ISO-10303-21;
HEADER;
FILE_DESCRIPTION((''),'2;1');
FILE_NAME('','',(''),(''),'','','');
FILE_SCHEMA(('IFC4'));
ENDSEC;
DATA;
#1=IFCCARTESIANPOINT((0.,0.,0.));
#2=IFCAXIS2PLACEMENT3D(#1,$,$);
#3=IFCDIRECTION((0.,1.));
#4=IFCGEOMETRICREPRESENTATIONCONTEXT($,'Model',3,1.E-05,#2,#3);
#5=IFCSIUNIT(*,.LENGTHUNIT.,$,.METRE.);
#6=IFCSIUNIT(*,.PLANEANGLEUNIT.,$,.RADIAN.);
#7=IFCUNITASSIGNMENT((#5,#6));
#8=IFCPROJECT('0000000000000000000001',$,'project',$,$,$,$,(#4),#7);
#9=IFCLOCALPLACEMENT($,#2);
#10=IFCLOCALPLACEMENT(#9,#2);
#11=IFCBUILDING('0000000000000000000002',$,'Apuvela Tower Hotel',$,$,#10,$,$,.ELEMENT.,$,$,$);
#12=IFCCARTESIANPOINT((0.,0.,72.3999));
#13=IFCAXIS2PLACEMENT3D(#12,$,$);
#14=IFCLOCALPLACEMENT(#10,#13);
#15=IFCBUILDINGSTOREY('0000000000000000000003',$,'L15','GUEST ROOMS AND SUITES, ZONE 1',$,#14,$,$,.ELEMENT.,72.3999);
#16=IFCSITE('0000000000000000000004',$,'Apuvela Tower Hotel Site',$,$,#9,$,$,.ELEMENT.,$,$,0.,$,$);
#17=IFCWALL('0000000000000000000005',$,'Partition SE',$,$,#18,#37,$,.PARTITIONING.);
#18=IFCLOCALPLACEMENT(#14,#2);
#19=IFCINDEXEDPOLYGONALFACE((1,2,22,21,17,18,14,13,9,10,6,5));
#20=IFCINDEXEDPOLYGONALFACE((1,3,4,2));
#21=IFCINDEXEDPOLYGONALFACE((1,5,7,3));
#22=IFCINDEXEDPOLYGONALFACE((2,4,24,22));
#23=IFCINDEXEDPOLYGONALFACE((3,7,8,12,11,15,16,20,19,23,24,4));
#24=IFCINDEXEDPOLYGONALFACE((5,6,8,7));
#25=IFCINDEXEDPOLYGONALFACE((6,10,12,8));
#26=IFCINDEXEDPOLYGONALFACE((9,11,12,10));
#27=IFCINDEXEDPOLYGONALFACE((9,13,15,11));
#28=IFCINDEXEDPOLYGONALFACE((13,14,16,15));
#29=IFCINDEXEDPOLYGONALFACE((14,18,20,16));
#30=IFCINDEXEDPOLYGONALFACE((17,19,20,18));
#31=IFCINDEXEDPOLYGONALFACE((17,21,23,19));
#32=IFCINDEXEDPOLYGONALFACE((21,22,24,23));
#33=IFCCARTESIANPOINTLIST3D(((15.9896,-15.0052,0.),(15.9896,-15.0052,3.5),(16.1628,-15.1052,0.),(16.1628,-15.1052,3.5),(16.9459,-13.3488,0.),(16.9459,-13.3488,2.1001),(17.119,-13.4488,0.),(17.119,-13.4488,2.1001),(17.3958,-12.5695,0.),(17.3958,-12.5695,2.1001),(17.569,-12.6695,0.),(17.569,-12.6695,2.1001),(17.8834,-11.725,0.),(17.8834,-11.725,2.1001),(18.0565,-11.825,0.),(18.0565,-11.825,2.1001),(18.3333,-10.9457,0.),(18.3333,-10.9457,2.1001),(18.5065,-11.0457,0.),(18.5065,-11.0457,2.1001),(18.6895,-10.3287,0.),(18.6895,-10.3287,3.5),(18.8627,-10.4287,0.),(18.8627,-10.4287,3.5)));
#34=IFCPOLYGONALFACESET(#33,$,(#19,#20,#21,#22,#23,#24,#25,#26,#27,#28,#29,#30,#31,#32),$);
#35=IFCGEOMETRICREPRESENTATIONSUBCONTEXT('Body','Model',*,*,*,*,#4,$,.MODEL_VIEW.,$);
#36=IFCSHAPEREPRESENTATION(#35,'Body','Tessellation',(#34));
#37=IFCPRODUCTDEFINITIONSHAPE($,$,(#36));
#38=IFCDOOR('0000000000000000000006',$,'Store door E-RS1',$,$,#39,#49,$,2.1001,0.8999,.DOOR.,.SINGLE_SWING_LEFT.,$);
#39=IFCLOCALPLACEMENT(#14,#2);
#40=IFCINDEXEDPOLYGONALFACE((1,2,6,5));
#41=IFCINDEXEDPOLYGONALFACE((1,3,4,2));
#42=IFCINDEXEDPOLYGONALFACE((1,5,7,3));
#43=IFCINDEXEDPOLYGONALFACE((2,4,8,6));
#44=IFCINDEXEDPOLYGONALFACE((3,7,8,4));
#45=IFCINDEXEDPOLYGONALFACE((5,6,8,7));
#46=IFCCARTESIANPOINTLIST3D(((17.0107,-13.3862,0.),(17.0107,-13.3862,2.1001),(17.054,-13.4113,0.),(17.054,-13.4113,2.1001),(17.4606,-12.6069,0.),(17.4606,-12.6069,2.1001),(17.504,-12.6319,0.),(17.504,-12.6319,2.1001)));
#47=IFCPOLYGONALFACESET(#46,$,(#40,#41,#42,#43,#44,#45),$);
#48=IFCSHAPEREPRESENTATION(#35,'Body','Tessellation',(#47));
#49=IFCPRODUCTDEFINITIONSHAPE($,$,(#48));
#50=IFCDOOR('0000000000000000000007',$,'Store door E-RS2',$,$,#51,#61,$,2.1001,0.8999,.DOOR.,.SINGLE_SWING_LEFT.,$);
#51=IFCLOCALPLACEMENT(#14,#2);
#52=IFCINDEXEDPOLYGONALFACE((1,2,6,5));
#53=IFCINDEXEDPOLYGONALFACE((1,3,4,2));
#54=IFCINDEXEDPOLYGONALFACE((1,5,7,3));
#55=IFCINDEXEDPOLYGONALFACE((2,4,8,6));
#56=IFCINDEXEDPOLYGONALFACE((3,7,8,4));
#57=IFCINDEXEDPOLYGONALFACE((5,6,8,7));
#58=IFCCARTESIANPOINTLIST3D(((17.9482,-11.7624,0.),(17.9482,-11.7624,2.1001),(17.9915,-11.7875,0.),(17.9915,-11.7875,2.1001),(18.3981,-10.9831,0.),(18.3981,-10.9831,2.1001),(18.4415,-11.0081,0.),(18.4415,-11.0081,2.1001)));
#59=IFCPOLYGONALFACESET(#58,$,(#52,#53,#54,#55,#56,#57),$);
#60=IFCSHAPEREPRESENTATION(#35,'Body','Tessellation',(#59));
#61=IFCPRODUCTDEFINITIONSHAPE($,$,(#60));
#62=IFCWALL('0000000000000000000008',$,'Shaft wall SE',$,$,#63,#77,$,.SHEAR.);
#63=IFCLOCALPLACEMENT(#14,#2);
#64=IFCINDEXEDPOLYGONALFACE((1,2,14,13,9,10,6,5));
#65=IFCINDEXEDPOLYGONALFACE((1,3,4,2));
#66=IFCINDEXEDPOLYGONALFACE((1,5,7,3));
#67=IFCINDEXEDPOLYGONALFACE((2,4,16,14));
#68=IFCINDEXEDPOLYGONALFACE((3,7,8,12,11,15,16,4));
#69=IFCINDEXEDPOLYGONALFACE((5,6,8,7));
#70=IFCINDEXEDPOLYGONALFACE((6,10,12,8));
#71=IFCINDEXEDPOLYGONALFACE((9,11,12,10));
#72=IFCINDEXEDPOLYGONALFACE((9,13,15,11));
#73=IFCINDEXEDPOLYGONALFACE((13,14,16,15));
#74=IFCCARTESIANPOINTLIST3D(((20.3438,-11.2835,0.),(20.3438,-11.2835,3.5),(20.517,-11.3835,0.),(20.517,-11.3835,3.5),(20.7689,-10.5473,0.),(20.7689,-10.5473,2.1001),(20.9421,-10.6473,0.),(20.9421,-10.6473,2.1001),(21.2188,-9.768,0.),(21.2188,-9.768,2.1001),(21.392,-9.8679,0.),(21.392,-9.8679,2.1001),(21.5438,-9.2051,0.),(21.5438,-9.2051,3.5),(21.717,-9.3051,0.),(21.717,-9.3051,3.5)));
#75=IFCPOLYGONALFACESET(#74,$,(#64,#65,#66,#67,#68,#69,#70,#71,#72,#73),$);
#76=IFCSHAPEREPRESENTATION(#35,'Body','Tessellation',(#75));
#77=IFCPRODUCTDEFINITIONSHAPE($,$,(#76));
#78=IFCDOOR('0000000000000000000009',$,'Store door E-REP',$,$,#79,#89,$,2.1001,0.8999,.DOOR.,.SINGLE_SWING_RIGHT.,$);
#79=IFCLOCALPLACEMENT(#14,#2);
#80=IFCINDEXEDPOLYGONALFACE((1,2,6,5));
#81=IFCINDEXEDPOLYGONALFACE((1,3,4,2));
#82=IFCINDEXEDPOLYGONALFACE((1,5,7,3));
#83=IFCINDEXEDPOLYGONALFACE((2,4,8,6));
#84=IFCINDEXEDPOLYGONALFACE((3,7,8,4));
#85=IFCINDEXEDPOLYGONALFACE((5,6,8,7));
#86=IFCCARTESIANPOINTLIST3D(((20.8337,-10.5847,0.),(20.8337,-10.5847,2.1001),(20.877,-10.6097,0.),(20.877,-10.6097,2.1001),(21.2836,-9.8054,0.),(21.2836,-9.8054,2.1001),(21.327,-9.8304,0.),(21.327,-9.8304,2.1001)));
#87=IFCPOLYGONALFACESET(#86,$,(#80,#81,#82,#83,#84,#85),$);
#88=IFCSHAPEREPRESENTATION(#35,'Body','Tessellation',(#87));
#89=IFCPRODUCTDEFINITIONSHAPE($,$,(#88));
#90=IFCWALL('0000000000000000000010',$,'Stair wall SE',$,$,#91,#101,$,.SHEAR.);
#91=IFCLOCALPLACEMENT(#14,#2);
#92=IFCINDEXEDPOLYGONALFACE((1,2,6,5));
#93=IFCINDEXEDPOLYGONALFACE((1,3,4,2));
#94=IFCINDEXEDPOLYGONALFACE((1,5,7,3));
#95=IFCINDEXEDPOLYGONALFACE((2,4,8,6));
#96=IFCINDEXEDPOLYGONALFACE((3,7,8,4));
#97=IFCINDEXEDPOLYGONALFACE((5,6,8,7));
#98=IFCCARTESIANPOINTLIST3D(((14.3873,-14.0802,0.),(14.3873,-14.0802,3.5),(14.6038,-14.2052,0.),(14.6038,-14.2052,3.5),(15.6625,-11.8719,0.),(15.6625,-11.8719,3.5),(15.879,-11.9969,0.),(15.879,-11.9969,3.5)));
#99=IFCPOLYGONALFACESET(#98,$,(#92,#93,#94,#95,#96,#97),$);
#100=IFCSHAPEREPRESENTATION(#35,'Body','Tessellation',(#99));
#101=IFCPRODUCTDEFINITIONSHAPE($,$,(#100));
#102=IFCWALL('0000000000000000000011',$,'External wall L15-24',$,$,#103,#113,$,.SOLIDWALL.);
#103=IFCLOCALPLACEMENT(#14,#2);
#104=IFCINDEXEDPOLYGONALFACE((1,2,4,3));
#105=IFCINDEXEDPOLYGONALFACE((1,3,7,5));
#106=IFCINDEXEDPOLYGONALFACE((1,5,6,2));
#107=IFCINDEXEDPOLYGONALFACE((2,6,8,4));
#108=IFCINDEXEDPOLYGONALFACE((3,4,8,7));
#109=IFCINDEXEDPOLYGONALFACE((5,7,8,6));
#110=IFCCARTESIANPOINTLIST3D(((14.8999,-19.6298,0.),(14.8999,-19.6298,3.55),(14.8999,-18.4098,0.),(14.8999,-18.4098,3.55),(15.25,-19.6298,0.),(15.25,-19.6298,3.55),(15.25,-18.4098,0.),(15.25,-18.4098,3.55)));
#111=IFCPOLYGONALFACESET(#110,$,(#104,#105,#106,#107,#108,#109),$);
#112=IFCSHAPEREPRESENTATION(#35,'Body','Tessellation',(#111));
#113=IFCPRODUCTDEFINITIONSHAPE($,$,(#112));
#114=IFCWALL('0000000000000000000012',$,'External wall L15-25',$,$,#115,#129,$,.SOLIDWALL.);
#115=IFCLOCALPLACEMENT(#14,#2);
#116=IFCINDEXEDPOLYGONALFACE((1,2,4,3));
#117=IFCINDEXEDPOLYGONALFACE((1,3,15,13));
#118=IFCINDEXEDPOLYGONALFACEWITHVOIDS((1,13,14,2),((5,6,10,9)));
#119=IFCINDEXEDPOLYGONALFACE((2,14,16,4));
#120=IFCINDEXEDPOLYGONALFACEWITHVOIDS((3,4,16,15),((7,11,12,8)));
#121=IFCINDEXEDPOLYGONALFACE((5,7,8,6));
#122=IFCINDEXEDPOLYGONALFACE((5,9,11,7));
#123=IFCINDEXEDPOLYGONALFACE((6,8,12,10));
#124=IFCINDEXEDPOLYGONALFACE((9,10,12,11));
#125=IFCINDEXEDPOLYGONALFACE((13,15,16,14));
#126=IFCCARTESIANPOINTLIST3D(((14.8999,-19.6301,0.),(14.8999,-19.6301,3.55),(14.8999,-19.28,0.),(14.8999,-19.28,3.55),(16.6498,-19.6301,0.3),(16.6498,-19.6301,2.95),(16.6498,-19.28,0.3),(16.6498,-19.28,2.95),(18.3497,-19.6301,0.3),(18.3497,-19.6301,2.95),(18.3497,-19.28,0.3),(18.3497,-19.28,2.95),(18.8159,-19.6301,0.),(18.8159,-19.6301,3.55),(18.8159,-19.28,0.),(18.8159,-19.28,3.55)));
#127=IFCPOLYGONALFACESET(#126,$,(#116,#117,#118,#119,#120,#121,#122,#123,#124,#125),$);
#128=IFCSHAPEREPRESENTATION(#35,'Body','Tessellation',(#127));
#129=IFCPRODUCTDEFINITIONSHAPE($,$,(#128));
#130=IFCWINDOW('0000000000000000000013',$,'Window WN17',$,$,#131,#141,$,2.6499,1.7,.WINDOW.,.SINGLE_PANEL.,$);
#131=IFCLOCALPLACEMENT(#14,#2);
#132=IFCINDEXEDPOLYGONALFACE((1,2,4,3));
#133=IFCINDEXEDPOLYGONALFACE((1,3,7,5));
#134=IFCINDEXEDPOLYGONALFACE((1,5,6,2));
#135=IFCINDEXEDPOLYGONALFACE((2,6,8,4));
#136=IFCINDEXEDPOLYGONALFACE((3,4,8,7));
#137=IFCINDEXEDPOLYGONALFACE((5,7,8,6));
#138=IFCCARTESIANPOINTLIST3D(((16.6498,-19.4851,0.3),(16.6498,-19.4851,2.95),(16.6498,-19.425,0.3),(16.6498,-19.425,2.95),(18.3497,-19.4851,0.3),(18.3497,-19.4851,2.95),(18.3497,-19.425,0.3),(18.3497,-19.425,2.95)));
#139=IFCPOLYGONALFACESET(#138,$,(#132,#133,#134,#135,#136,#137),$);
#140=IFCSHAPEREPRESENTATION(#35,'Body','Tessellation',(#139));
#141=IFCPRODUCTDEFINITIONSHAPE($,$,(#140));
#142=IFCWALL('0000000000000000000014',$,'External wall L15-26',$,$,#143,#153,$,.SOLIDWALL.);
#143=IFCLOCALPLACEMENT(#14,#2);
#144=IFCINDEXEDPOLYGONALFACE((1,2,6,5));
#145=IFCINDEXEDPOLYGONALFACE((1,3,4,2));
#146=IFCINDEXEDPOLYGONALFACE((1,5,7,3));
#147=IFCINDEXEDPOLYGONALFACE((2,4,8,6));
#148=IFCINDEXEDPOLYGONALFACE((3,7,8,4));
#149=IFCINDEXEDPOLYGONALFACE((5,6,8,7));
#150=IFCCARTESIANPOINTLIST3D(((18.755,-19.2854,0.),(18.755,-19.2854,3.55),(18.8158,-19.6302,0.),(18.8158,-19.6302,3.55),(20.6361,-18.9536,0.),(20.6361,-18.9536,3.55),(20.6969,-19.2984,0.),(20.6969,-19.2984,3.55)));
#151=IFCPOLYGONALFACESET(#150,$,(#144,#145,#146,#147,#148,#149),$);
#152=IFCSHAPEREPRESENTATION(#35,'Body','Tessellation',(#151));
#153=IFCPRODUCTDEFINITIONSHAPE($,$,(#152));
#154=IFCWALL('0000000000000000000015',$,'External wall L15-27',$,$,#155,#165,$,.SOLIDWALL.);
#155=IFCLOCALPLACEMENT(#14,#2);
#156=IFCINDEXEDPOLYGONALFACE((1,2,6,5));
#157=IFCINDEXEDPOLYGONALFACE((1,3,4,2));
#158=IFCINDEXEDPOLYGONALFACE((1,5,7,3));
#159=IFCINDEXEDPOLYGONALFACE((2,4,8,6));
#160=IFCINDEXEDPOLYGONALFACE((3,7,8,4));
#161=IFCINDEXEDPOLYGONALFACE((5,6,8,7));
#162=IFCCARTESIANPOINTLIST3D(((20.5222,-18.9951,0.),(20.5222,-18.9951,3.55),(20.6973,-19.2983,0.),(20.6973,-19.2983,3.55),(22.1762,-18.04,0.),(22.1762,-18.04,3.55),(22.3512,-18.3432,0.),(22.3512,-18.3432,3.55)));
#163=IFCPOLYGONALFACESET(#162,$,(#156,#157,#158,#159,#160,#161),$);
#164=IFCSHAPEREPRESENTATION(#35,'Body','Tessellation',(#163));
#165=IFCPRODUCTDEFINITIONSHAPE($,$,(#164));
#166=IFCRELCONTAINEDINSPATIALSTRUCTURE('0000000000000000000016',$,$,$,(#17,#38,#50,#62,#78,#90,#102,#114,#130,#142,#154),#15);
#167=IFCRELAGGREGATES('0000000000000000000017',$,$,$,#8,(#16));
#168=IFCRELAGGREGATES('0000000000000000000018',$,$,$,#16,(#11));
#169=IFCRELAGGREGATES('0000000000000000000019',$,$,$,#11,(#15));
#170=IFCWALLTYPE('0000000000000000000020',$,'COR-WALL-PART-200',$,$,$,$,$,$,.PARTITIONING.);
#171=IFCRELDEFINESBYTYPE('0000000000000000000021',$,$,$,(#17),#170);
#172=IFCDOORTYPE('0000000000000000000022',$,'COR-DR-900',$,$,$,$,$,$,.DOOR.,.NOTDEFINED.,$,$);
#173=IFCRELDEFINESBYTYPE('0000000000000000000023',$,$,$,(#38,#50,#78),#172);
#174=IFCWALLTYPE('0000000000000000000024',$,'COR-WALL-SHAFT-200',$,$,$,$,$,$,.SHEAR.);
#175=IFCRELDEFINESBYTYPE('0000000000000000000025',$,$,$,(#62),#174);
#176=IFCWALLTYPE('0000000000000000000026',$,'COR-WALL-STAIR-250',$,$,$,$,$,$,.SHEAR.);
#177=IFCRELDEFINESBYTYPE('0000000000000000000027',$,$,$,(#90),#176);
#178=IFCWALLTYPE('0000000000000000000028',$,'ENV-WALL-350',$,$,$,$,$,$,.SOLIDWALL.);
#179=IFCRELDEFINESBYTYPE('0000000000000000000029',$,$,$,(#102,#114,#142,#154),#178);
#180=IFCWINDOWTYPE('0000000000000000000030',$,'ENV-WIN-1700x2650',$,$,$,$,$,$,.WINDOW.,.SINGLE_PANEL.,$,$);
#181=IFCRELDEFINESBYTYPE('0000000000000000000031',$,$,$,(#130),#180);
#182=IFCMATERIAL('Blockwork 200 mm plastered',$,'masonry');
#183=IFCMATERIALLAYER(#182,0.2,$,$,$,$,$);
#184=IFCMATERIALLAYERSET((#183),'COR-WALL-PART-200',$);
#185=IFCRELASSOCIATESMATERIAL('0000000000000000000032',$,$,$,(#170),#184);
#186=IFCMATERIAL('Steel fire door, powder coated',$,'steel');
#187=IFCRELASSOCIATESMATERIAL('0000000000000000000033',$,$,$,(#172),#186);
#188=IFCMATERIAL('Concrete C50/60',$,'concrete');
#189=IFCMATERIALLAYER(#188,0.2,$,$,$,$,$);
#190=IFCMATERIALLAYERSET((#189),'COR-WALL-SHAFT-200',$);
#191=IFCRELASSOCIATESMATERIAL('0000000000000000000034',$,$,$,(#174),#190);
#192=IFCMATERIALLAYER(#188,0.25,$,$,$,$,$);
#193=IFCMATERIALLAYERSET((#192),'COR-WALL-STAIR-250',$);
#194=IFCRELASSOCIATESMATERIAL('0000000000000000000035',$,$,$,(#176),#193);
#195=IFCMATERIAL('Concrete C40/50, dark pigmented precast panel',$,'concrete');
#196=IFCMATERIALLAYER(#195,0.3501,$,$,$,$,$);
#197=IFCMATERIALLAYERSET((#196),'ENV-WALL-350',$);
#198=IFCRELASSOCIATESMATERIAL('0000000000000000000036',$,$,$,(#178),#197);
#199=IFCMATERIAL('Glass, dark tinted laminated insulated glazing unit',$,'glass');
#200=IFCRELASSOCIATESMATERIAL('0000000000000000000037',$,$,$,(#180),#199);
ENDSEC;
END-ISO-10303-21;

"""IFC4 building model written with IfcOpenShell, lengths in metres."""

from ifc_helpers import new_model, si_unit, direction, frame, frame_2d, origin, place, context, subcontext, project, spatial, rectangle, extrude, material, layer, layer_set, type_object, element, fill, save


model = new_model("IFC4")

# Units and contexts
model_context = context("Model", 3, precision=1e-05, world=origin(), true_north=direction((0.0, 1.0)))
body_context = subcontext(model_context, "Body", "Model", "MODEL_VIEW")
ifc_project = project(units=[si_unit("LENGTHUNIT", "METRE"), si_unit("PLANEANGLEUNIT", "RADIAN")], contexts=[model_context])

# Site, building, storey
site_placement = place(None, origin())
site = spatial("IfcSite", under=ifc_project, at=site_placement, Name="Apuvela Tower Hotel Site", CompositionType="ELEMENT", RefElevation=0.0)
building_placement = place(site_placement, origin())
building = spatial("IfcBuilding", under=site, at=building_placement, Name="Apuvela Tower Hotel", CompositionType="ELEMENT")
storey_placement = place(building_placement, frame((0.0, 0.0, 72.3999)))
storey = spatial("IfcBuildingStorey", under=building, at=storey_placement, Name="L15", Description="GUEST ROOMS AND SUITES, ZONE 1", CompositionType="ELEMENT", Elevation=72.3999)

# Wall, openings, doors
ifc_material_1 = material(Name="Blockwork 200 mm plastered", Category="masonry")
ifc_layer_1 = layer(ifc_material_1, 0.2)
ifc_layer_set_1 = layer_set([ifc_layer_1], Name="COR-WALL-PART-200")
wall_type_1 = type_object("IfcWallType", Name="COR-WALL-PART-200", PredefinedType="PARTITIONING", material=ifc_layer_set_1)
wall_1_placement = place(storey_placement, frame((16.0762, -15.0552, 0.0), z_axis=(0.0, 0.0, 1.0), x_axis=(0.499995, 0.866028, 0.0)))
wall_1 = element("IfcWall", 1, at=wall_1_placement, inside=storey, type_object=wall_type_1, Name="Partition SE", PredefinedType="PARTITIONING", context=body_context, shape_type="SweptSolid", body=[
    extrude(rectangle(XDim=5.3999, YDim=0.2, at=frame_2d((2.7, 0.0))), origin(), (0.0, 0.0, 1.0), 3.5),
])
opening_1_placement = place(wall_1_placement, frame((1.9126, 0.0, 0.0)))
opening_1 = element("IfcOpeningElement", 2, at=opening_1_placement, cuts=wall_1, PredefinedType="OPENING", context=body_context, shape_type="SweptSolid", body=[
    extrude(rectangle(XDim=0.8999, YDim=2.1001, at=frame_2d((0.45, 1.05))), frame((0.0, 0.1099, 0.0), z_axis=(0.0, -1.0, 0.0), x_axis=(1.0, 0.0, 0.0)), (0.0, 0.0, 1.0), 0.22),
])
opening_2_placement = place(wall_1_placement, frame((3.7876, 0.0, 0.0)))
opening_2 = element("IfcOpeningElement", 3, at=opening_2_placement, cuts=wall_1, PredefinedType="OPENING", context=body_context, shape_type="SweptSolid", body=[
    extrude(rectangle(XDim=0.8999, YDim=2.1001, at=frame_2d((0.45, 1.05))), frame((0.0, 0.1099, 0.0), z_axis=(0.0, -1.0, 0.0), x_axis=(1.0, 0.0, 0.0)), (0.0, 0.0, 1.0), 0.22),
])
ifc_material_2 = material(Name="Steel fire door, powder coated", Category="steel")
door_type_1 = type_object("IfcDoorType", Name="COR-DR-900", OperationType="NOTDEFINED", PredefinedType="DOOR", material=ifc_material_2)
door_1_placement = place(opening_1_placement, frame((0.8999, 0.0, 0.0), z_axis=(0.0, 0.0, 1.0), x_axis=(-1.0, 0.0, 0.0)))
door_1 = element("IfcDoor", 4, at=door_1_placement, inside=storey, type_object=door_type_1, Name="Store door E-RS1", OperationType="SINGLE_SWING_LEFT", OverallHeight=2.1001, OverallWidth=0.8999, PredefinedType="DOOR", context=body_context, shape_type="SweptSolid", body=[
    extrude(rectangle(XDim=0.8999, YDim=2.1001, at=frame_2d((0.45, 1.05))), frame((0.0, 0.0249, 0.0), z_axis=(0.0, -1.0, 0.0), x_axis=(1.0, 0.0, 0.0)), (0.0, 0.0, 1.0), 0.05),
])
fill(opening_1, door_1)
door_2_placement = place(opening_2_placement, frame((0.8999, 0.0, 0.0), z_axis=(0.0, 0.0, 1.0), x_axis=(-1.0, 0.0, 0.0)))
door_2 = element("IfcDoor", 5, at=door_2_placement, inside=storey, type_object=door_type_1, Name="Store door E-RS2", OperationType="SINGLE_SWING_LEFT", OverallHeight=2.1001, OverallWidth=0.8999, PredefinedType="DOOR", context=body_context, shape_type="SweptSolid", body=[
    extrude(rectangle(XDim=0.8999, YDim=2.1001, at=frame_2d((0.45, 1.05))), frame((0.0, 0.0249, 0.0), z_axis=(0.0, -1.0, 0.0), x_axis=(1.0, 0.0, 0.0)), (0.0, 0.0, 1.0), 0.05),
])
fill(opening_2, door_2)

# Wall, opening, door
ifc_material_3 = material(Name="Concrete C50/60", Category="concrete")
ifc_layer_2 = layer(ifc_material_3, 0.2)
ifc_layer_set_2 = layer_set([ifc_layer_2], Name="COR-WALL-SHAFT-200")
wall_type_2 = type_object("IfcWallType", Name="COR-WALL-SHAFT-200", PredefinedType="SHEAR", material=ifc_layer_set_2)
wall_2_placement = place(storey_placement, frame((20.4304, -11.3335, 0.0), z_axis=(0.0, 0.0, 1.0), x_axis=(0.500001, 0.866025, 0.0)))
wall_2 = element("IfcWall", 6, at=wall_2_placement, inside=storey, type_object=wall_type_2, Name="Shaft wall SE", PredefinedType="SHEAR", context=body_context, shape_type="SweptSolid", body=[
    extrude(rectangle(XDim=2.3999, YDim=0.2, at=frame_2d((1.2, 0.0))), origin(), (0.0, 0.0, 1.0), 3.5),
])
opening_3_placement = place(wall_2_placement, frame((0.8501, 0.0, 0.0)))
opening_3 = element("IfcOpeningElement", 7, at=opening_3_placement, cuts=wall_2, PredefinedType="OPENING", context=body_context, shape_type="SweptSolid", body=[
    extrude(rectangle(XDim=0.8999, YDim=2.1001, at=frame_2d((0.45, 1.05))), frame((0.0, 0.1099, 0.0), z_axis=(0.0, -1.0, 0.0), x_axis=(1.0, 0.0, 0.0)), (0.0, 0.0, 1.0), 0.22),
])
door_3_placement = place(opening_3_placement, frame((0.8999, 0.0, 0.0), z_axis=(0.0, 0.0, 1.0), x_axis=(-1.0, 0.0, 0.0)))
door_3 = element("IfcDoor", 8, at=door_3_placement, inside=storey, type_object=door_type_1, Name="Store door E-REP", OperationType="SINGLE_SWING_RIGHT", OverallHeight=2.1001, OverallWidth=0.8999, PredefinedType="DOOR", context=body_context, shape_type="SweptSolid", body=[
    extrude(rectangle(XDim=0.8999, YDim=2.1001, at=frame_2d((0.45, 1.05))), frame((0.0, 0.0249, 0.0), z_axis=(0.0, -1.0, 0.0), x_axis=(1.0, 0.0, 0.0)), (0.0, 0.0, 1.0), 0.05),
])
fill(opening_3, door_3)

# Walls
ifc_layer_3 = layer(ifc_material_3, 0.25)
ifc_layer_set_3 = layer_set([ifc_layer_3], Name="COR-WALL-STAIR-250")
wall_type_3 = type_object("IfcWallType", Name="COR-WALL-STAIR-250", PredefinedType="SHEAR", material=ifc_layer_set_3)
wall_3_placement = place(storey_placement, frame((14.4956, -14.1426, 0.0), z_axis=(0.0, 0.0, 1.0), x_axis=(0.500062, 0.865989, 0.0)))
element("IfcWall", 9, at=wall_3_placement, inside=storey, type_object=wall_type_3, Name="Stair wall SE", PredefinedType="SHEAR", context=body_context, shape_type="SweptSolid", body=[
    extrude(rectangle(XDim=2.55, YDim=0.25, at=frame_2d((1.2749, 0.0))), origin(), (0.0, 0.0, 1.0), 3.5),
])
ifc_material_4 = material(Name="Concrete C40/50, dark pigmented precast panel", Category="concrete")
ifc_layer_4 = layer(ifc_material_4, 0.3501)
ifc_layer_set_4 = layer_set([ifc_layer_4], Name="ENV-WALL-350")
wall_type_4 = type_object("IfcWallType", Name="ENV-WALL-350", PredefinedType="SOLIDWALL", material=ifc_layer_set_4)
wall_4_placement = place(storey_placement, frame((15.075, -18.4099, 0.0), z_axis=(0.0, 0.0, 1.0), x_axis=(0.0, -1.0, 0.0)))
element("IfcWall", 10, at=wall_4_placement, inside=storey, type_object=wall_type_4, Name="External wall L15-24", PredefinedType="SOLIDWALL", context=body_context, shape_type="SweptSolid", body=[
    extrude(rectangle(XDim=1.22, YDim=0.3501, at=frame_2d((0.6099, 0.0))), origin(), (0.0, 0.0, 1.0), 3.55),
])

# Wall, opening, window
wall_5_placement = place(storey_placement, frame((14.8999, -19.4551, 0.0), z_axis=(0.0, 0.0, 1.0), x_axis=(1.0, 0.0, 0.0)))
wall_5 = element("IfcWall", 11, at=wall_5_placement, inside=storey, type_object=wall_type_4, Name="External wall L15-25", PredefinedType="SOLIDWALL", context=body_context, shape_type="SweptSolid", body=[
    extrude(rectangle(XDim=3.916, YDim=0.3501, at=frame_2d((1.958, 0.0))), origin(), (0.0, 0.0, 1.0), 3.55),
])
opening_4_placement = place(wall_5_placement, frame((1.7498, 0.0, 0.3)))
opening_4 = element("IfcOpeningElement", 12, at=opening_4_placement, cuts=wall_5, PredefinedType="OPENING", context=body_context, shape_type="SweptSolid", body=[
    extrude(rectangle(XDim=1.7, YDim=2.6499, at=frame_2d((0.8501, 1.325))), frame((0.0, 0.1851, 0.0), z_axis=(0.0, -1.0, 0.0), x_axis=(1.0, 0.0, 0.0)), (0.0, 0.0, 1.0), 0.3701),
])
ifc_material_5 = material(Name="Glass, dark tinted laminated insulated glazing unit", Category="glass")
window_type = type_object("IfcWindowType", Name="ENV-WIN-1700x2650", PartitioningType="SINGLE_PANEL", PredefinedType="WINDOW", material=ifc_material_5)
window_placement = place(opening_4_placement, origin())
window = element("IfcWindow", 13, at=window_placement, inside=storey, type_object=window_type, Name="Window WN17", OverallHeight=2.6499, OverallWidth=1.7, PartitioningType="SINGLE_PANEL", PredefinedType="WINDOW", context=body_context, shape_type="SweptSolid", body=[
    extrude(rectangle(XDim=1.7, YDim=2.6499, at=frame_2d((0.8501, 1.325))), frame((0.0, 0.03, 0.0), z_axis=(0.0, -1.0, 0.0), x_axis=(1.0, 0.0, 0.0)), (0.0, 0.0, 1.0), 0.0601),
])
fill(opening_4, window)

# Walls
wall_6_placement = place(storey_placement, frame((18.7854, -19.4578, 0.0), z_axis=(0.0, 0.0, 1.0), x_axis=(0.984799, 0.173698, 0.0)))
element("IfcWall", 14, at=wall_6_placement, inside=storey, type_object=wall_type_4, Name="External wall L15-26", PredefinedType="SOLIDWALL", context=body_context, shape_type="SweptSolid", body=[
    extrude(rectangle(XDim=1.9102, YDim=0.3501, at=frame_2d((0.9551, 0.0))), origin(), (0.0, 0.0, 1.0), 3.55),
])
for number, where, z_axis, x_axis, name in (
    (15, (20.6096, -19.1467, 0.0), (0.0, 0.0, 1.0), (0.866, 0.500043, 0.0), "External wall L15-27"),
):
    element("IfcWall", number, at=place(storey_placement, frame(where, z_axis=z_axis, x_axis=x_axis)), inside=storey, type_object=wall_type_4, Name=name, PredefinedType="SOLIDWALL", context=body_context, shape_type="SweptSolid", body=[
        extrude(rectangle(XDim=1.9099, YDim=0.3501, at=frame_2d((0.9551, 0.0))), origin(), (0.0, 0.0, 1.0), 3.55),
    ])

save(model, "model.ifc")
